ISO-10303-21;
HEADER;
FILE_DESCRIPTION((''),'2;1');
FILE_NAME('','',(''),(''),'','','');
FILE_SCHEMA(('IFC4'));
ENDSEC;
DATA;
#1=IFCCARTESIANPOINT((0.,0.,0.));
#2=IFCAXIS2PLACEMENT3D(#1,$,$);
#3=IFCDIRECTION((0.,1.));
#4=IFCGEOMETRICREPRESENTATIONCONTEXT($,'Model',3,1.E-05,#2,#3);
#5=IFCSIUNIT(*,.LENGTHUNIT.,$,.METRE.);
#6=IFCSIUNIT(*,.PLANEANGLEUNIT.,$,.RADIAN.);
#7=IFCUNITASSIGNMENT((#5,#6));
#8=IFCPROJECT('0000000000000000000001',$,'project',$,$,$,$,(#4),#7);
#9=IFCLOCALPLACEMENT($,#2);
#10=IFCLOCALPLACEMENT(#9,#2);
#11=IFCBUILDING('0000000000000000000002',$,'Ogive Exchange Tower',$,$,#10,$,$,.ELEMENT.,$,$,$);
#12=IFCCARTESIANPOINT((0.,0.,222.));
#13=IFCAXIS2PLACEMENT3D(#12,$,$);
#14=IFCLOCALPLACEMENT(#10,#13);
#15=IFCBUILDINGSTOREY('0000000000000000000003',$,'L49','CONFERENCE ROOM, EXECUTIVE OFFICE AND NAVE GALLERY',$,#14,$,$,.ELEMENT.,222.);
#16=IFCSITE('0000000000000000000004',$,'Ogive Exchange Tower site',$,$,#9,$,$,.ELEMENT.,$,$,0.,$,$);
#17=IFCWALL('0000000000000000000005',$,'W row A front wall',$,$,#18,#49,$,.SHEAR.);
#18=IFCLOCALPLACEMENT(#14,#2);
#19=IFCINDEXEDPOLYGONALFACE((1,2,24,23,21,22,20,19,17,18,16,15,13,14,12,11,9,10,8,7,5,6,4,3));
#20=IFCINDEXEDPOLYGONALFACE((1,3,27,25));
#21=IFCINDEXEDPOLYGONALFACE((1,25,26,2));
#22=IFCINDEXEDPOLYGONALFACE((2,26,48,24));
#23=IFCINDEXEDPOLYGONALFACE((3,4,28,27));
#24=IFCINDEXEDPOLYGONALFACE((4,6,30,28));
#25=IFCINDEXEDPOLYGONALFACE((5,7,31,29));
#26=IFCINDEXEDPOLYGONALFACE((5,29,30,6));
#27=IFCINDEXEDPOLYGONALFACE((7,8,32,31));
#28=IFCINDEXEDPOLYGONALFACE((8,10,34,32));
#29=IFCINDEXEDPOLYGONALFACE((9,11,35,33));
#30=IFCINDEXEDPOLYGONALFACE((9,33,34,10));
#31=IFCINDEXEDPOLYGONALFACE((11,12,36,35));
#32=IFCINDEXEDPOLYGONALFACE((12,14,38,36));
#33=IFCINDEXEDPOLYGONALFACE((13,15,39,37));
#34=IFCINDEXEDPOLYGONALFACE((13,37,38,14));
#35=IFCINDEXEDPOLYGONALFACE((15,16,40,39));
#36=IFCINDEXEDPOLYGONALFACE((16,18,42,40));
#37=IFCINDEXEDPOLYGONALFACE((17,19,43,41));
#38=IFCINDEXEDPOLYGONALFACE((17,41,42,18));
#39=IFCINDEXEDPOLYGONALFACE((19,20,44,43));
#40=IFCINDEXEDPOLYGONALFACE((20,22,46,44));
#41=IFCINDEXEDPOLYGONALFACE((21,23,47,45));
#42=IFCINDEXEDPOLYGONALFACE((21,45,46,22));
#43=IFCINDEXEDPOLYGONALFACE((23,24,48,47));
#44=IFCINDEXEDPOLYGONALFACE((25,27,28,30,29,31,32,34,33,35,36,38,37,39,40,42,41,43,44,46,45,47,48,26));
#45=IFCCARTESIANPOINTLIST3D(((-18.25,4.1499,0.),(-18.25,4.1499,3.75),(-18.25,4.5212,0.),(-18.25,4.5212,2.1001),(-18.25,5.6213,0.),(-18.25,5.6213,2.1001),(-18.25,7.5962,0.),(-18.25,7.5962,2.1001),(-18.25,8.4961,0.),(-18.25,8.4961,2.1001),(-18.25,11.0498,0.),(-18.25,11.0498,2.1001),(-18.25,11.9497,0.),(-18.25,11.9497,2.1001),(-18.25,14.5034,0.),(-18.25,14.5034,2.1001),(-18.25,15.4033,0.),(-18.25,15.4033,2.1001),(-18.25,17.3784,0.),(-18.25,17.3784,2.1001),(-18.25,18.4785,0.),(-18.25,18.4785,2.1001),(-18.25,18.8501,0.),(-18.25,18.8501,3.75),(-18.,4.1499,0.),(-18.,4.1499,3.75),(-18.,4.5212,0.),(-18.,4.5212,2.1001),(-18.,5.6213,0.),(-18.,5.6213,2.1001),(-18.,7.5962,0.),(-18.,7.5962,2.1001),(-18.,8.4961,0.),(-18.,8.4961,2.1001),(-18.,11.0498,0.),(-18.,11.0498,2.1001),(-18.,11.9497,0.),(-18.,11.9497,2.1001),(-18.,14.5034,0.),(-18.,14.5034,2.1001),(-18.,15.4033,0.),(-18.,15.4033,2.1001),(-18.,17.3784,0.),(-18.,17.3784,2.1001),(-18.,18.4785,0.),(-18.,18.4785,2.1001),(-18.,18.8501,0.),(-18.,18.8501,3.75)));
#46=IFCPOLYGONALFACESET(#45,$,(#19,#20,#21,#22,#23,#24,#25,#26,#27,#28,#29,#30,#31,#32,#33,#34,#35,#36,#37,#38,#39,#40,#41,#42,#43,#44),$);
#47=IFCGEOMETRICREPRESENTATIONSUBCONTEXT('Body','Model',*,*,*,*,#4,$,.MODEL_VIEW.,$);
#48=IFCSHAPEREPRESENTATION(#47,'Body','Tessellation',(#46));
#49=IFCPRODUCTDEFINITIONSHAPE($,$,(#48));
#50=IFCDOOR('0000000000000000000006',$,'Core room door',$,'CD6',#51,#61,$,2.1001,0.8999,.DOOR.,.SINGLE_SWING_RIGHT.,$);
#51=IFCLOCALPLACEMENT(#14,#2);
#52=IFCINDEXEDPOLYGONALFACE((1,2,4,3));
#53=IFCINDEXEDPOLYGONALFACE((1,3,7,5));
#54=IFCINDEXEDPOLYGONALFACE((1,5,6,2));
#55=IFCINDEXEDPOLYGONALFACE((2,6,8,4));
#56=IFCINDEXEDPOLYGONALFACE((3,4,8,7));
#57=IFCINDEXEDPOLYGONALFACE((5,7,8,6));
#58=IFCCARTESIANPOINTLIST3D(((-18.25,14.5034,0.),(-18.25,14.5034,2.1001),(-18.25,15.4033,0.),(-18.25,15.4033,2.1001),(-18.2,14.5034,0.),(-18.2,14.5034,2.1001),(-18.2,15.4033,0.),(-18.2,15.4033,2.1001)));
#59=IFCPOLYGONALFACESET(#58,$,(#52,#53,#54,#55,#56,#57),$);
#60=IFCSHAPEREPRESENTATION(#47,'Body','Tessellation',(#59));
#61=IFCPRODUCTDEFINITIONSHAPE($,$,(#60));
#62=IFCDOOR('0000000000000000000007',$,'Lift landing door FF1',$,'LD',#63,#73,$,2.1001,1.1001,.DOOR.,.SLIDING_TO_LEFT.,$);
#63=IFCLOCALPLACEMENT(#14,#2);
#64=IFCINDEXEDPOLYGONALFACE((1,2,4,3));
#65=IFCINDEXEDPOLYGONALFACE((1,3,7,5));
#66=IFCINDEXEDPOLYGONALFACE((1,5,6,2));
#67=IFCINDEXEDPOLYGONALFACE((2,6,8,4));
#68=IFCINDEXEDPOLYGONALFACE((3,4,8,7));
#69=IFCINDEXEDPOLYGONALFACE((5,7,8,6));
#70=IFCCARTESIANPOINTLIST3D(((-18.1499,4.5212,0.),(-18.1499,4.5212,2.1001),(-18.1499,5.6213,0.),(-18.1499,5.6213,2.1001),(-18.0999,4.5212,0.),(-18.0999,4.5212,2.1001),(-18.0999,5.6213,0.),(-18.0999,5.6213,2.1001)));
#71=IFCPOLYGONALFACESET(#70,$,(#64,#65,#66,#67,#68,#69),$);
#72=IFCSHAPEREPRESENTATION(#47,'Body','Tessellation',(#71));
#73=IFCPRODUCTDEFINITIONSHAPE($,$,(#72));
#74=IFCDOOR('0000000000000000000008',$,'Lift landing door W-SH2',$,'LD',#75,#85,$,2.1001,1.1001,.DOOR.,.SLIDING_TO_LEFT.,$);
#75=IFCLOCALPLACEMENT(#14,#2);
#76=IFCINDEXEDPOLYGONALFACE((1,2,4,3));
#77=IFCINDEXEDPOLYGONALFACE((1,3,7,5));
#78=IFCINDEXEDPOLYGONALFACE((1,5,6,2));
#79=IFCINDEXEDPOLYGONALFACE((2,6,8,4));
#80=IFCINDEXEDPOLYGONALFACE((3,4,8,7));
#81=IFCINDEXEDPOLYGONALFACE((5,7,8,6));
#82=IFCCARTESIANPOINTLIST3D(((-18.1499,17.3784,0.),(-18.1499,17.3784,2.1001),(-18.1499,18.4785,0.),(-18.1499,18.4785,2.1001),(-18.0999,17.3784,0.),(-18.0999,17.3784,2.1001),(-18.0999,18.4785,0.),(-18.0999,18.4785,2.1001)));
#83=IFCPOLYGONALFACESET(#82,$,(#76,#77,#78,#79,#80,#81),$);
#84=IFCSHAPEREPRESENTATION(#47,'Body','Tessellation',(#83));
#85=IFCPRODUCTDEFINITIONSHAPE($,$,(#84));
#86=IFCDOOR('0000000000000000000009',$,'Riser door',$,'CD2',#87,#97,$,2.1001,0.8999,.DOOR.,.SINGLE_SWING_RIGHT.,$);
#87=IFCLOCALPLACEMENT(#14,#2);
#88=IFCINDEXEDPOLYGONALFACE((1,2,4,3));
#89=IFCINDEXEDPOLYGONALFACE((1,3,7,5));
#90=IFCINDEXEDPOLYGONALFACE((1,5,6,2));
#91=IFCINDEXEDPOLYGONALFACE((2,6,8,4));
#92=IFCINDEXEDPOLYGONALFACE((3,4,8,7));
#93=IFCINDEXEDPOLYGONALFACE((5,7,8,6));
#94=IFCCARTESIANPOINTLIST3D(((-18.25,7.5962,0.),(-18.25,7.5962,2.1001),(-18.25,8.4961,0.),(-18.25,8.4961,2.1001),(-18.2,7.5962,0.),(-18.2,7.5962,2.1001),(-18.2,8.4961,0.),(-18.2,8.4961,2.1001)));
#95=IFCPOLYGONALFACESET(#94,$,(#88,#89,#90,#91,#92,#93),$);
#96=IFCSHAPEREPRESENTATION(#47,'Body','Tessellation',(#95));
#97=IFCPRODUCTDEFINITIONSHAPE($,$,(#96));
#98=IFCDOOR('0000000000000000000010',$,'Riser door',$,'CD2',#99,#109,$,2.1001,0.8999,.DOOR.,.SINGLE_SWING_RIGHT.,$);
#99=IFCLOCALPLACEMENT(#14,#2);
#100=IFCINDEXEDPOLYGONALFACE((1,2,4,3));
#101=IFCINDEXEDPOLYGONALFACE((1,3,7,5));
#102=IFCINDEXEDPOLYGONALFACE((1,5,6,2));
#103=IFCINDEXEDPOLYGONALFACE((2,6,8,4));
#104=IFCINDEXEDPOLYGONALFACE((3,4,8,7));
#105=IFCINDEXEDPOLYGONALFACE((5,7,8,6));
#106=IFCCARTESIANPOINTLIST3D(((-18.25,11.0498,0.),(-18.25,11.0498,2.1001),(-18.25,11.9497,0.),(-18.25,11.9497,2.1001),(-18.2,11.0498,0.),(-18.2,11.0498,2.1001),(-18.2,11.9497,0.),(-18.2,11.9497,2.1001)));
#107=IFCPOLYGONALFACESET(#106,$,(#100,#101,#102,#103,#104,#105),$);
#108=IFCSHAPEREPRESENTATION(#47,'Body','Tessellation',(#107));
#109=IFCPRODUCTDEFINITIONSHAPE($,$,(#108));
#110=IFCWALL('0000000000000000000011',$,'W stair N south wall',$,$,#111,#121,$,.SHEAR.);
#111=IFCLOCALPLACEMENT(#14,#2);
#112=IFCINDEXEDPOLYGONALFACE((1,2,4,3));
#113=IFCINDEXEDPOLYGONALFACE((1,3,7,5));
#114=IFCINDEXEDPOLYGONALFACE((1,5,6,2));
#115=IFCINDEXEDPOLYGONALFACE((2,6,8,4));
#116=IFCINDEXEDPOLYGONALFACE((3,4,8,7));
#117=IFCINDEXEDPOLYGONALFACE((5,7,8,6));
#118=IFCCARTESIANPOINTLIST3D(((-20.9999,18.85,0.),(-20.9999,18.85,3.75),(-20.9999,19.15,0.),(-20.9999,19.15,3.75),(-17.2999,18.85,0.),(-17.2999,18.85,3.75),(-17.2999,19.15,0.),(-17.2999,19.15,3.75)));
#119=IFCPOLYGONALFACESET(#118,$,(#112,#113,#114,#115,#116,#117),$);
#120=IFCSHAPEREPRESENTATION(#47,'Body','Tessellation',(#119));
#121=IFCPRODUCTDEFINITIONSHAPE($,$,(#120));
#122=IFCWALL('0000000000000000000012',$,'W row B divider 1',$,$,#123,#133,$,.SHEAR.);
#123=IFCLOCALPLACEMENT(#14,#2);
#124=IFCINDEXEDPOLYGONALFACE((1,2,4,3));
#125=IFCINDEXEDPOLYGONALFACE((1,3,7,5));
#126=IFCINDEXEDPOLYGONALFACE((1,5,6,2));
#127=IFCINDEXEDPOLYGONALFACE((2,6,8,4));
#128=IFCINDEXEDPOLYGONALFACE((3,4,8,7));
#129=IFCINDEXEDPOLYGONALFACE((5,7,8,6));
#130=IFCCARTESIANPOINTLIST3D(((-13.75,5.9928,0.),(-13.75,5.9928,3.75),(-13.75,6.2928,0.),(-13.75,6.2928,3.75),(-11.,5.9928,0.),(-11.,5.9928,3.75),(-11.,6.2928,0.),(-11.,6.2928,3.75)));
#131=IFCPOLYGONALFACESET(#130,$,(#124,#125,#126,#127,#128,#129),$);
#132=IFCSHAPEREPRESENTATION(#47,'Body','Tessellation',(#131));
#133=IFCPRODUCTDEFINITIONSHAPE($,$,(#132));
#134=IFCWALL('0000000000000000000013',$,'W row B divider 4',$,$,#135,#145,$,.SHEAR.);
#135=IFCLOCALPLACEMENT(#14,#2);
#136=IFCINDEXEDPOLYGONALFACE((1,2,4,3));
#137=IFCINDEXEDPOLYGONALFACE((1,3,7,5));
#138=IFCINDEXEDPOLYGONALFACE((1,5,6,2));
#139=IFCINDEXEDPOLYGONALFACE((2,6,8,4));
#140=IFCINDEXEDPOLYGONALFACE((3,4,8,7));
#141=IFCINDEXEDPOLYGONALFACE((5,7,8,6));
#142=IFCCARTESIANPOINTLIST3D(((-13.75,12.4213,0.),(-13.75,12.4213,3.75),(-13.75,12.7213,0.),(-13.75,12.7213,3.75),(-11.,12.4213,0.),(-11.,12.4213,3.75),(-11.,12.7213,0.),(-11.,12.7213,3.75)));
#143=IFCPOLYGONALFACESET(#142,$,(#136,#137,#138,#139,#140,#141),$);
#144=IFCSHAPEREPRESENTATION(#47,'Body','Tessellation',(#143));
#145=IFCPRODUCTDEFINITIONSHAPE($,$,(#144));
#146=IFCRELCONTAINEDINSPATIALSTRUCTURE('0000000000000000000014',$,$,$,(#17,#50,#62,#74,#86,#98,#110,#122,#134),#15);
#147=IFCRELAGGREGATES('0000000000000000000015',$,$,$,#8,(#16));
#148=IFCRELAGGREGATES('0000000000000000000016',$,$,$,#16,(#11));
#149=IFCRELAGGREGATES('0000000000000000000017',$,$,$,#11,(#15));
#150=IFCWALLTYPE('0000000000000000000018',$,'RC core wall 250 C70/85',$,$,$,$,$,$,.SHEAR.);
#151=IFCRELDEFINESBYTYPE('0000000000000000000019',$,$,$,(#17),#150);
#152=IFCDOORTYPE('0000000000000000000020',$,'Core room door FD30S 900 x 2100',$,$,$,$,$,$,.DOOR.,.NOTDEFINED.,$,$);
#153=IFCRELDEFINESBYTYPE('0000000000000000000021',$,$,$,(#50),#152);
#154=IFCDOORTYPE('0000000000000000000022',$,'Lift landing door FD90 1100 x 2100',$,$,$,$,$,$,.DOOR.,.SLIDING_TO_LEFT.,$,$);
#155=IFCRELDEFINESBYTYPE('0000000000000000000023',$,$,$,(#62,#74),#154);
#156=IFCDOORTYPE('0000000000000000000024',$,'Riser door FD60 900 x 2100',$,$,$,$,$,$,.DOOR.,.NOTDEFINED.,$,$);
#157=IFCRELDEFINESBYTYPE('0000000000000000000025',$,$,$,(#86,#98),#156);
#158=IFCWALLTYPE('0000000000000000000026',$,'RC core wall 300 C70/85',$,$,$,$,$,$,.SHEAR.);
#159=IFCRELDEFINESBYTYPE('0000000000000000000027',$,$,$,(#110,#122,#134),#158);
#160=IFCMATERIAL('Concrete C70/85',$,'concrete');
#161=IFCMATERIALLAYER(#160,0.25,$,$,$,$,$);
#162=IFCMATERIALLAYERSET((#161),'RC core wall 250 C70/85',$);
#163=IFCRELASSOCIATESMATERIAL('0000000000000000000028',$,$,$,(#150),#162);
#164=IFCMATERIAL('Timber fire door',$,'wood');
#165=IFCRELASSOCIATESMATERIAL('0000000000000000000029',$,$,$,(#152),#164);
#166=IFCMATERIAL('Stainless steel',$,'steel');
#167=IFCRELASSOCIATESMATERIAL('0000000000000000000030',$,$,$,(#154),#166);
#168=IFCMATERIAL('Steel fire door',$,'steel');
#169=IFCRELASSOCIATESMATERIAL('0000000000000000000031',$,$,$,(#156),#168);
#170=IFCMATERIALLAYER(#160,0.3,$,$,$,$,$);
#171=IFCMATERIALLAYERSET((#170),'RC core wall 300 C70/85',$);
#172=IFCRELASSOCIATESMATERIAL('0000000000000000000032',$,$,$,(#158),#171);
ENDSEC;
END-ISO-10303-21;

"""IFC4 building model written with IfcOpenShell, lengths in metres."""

from ifc_helpers import new_model, si_unit, direction, frame, frame_2d, origin, place, context, subcontext, project, spatial, rectangle, extrude, material, layer, layer_set, type_object, element, fill, save


model = new_model("IFC4")

# Units and contexts
model_context = context("Model", 3, precision=1e-05, world=origin(), true_north=direction((0.0, 1.0)))
body_context = subcontext(model_context, "Body", "Model", "MODEL_VIEW")
ifc_project = project(units=[si_unit("LENGTHUNIT", "METRE"), si_unit("PLANEANGLEUNIT", "RADIAN")], contexts=[model_context])

# Site, building, storey
site_placement = place(None, origin())
site = spatial("IfcSite", under=ifc_project, at=site_placement, Name="Ogive Exchange Tower site", CompositionType="ELEMENT", RefElevation=0.0)
building_placement = place(site_placement, origin())
building = spatial("IfcBuilding", under=site, at=building_placement, Name="Ogive Exchange Tower", CompositionType="ELEMENT")
storey_placement = place(building_placement, frame((0.0, 0.0, 222.0)))
storey = spatial("IfcBuildingStorey", under=building, at=storey_placement, Name="L49", Description="CONFERENCE ROOM, EXECUTIVE OFFICE AND NAVE GALLERY", CompositionType="ELEMENT", Elevation=222.0)

# Shared definitions
ifc_material_1 = material(Name="Concrete C70/85", Category="concrete")
ifc_material_2 = material(Name="Steel fire door", Category="steel")
ifc_layer_1 = layer(ifc_material_1, 0.25)
ifc_layer_set_1 = layer_set([ifc_layer_1], Name="RC core wall 250 C70/85")
wall_type_1 = type_object("IfcWallType", Name="RC core wall 250 C70/85", PredefinedType="SHEAR", material=ifc_layer_set_1)

# Wall, openings, doors
wall_1_placement = place(storey_placement, frame((-18.125, 4.1499, 0.0), z_axis=(0.0, 0.0, 1.0), x_axis=(0.0, 1.0, 0.0)))
wall_1 = element("IfcWall", 1, at=wall_1_placement, inside=storey, type_object=wall_type_1, Name="W row A front wall", PredefinedType="SHEAR", context=body_context, shape_type="SweptSolid", body=[
    extrude(rectangle(XDim=14.7002, YDim=0.25, at=frame_2d((7.3501, 0.0))), origin(), (0.0, 0.0, 1.0), 3.75),
])
opening_1_placement = place(wall_1_placement, frame((3.4463, 0.0, 0.0)))
opening_1 = element("IfcOpeningElement", 2, at=opening_1_placement, cuts=wall_1, PredefinedType="OPENING", context=body_context, shape_type="SweptSolid", body=[
    extrude(rectangle(XDim=0.8999, YDim=2.1001, at=frame_2d((0.45, 1.05))), frame((0.0, 0.135, 0.0), z_axis=(0.0, -1.0, 0.0), x_axis=(1.0, 0.0, 0.0)), (0.0, 0.0, 1.0), 0.27),
])
opening_2_placement = place(wall_1_placement, frame((6.8999, 0.0, 0.0)))
opening_2 = element("IfcOpeningElement", 3, at=opening_2_placement, cuts=wall_1, PredefinedType="OPENING", context=body_context, shape_type="SweptSolid", body=[
    extrude(rectangle(XDim=0.8999, YDim=2.1001, at=frame_2d((0.45, 1.05))), frame((0.0, 0.135, 0.0), z_axis=(0.0, -1.0, 0.0), x_axis=(1.0, 0.0, 0.0)), (0.0, 0.0, 1.0), 0.27),
])
opening_3_placement = place(wall_1_placement, frame((10.3535, 0.0, 0.0)))
opening_3 = element("IfcOpeningElement", 4, at=opening_3_placement, cuts=wall_1, PredefinedType="OPENING", context=body_context, shape_type="SweptSolid", body=[
    extrude(rectangle(XDim=0.8999, YDim=2.1001, at=frame_2d((0.45, 1.05))), frame((0.0, 0.135, 0.0), z_axis=(0.0, -1.0, 0.0), x_axis=(1.0, 0.0, 0.0)), (0.0, 0.0, 1.0), 0.27),
])
opening_4_placement = place(wall_1_placement, frame((0.3713, 0.0, 0.0)))
opening_4 = element("IfcOpeningElement", 5, at=opening_4_placement, cuts=wall_1, PredefinedType="OPENING", context=body_context, shape_type="SweptSolid", body=[
    extrude(rectangle(XDim=1.1001, YDim=2.1001, at=frame_2d((0.55, 1.05))), frame((0.0, 0.135, 0.0), z_axis=(0.0, -1.0, 0.0), x_axis=(1.0, 0.0, 0.0)), (0.0, 0.0, 1.0), 0.27),
])
opening_5_placement = place(wall_1_placement, frame((13.2285, 0.0, 0.0)))
opening_5 = element("IfcOpeningElement", 6, at=opening_5_placement, cuts=wall_1, PredefinedType="OPENING", context=body_context, shape_type="SweptSolid", body=[
    extrude(rectangle(XDim=1.1001, YDim=2.1001, at=frame_2d((0.55, 1.05))), frame((0.0, 0.135, 0.0), z_axis=(0.0, -1.0, 0.0), x_axis=(1.0, 0.0, 0.0)), (0.0, 0.0, 1.0), 0.27),
])
ifc_material_3 = material(Name="Timber fire door", Category="wood")
door_type_1 = type_object("IfcDoorType", Name="Core room door FD30S 900 x 2100", OperationType="NOTDEFINED", PredefinedType="DOOR", material=ifc_material_3)
door_1_placement = place(opening_3_placement, origin())
door_1 = element("IfcDoor", 7, at=door_1_placement, inside=storey, type_object=door_type_1, Name="Core room door", ObjectType="CD6", OperationType="SINGLE_SWING_RIGHT", OverallHeight=2.1001, OverallWidth=0.8999, PredefinedType="DOOR", context=body_context, shape_type="SweptSolid", body=[
    extrude(rectangle(XDim=0.8999, YDim=2.1001, at=frame_2d((0.45, 1.05))), frame((0.0, 0.125, 0.0), z_axis=(0.0, -1.0, 0.0), x_axis=(1.0, 0.0, 0.0)), (0.0, 0.0, 1.0), 0.05),
])
fill(opening_3, door_1)
ifc_material_4 = material(Name="Stainless steel", Category="steel")
door_type_2 = type_object("IfcDoorType", Name="Lift landing door FD90 1100 x 2100", OperationType="SLIDING_TO_LEFT", PredefinedType="DOOR", material=ifc_material_4)
door_2_placement = place(opening_4_placement, origin())
door_2 = element("IfcDoor", 8, at=door_2_placement, inside=storey, type_object=door_type_2, Name="Lift landing door FF1", ObjectType="LD", OperationType="SLIDING_TO_LEFT", OverallHeight=2.1001, OverallWidth=1.1001, PredefinedType="DOOR", context=body_context, shape_type="SweptSolid", body=[
    extrude(rectangle(XDim=1.1001, YDim=2.1001, at=frame_2d((0.55, 1.05))), frame((0.0, 0.0249, 0.0), z_axis=(0.0, -1.0, 0.0), x_axis=(1.0, 0.0, 0.0)), (0.0, 0.0, 1.0), 0.05),
])
fill(opening_4, door_2)
door_3_placement = place(opening_5_placement, origin())
door_3 = element("IfcDoor", 9, at=door_3_placement, inside=storey, type_object=door_type_2, Name="Lift landing door W-SH2", ObjectType="LD", OperationType="SLIDING_TO_LEFT", OverallHeight=2.1001, OverallWidth=1.1001, PredefinedType="DOOR", context=body_context, shape_type="SweptSolid", body=[
    extrude(rectangle(XDim=1.1001, YDim=2.1001, at=frame_2d((0.55, 1.05))), frame((0.0, 0.0249, 0.0), z_axis=(0.0, -1.0, 0.0), x_axis=(1.0, 0.0, 0.0)), (0.0, 0.0, 1.0), 0.05),
])
fill(opening_5, door_3)
door_type_3 = type_object("IfcDoorType", Name="Riser door FD60 900 x 2100", OperationType="NOTDEFINED", PredefinedType="DOOR", material=ifc_material_2)
door_4_placement = place(opening_1_placement, origin())
door_4 = element("IfcDoor", 10, at=door_4_placement, inside=storey, type_object=door_type_3, Name="Riser door", ObjectType="CD2", OperationType="SINGLE_SWING_RIGHT", OverallHeight=2.1001, OverallWidth=0.8999, PredefinedType="DOOR", context=body_context, shape_type="SweptSolid", body=[
    extrude(rectangle(XDim=0.8999, YDim=2.1001, at=frame_2d((0.45, 1.05))), frame((0.0, 0.125, 0.0), z_axis=(0.0, -1.0, 0.0), x_axis=(1.0, 0.0, 0.0)), (0.0, 0.0, 1.0), 0.05),
])
fill(opening_1, door_4)
door_5_placement = place(opening_2_placement, origin())
door_5 = element("IfcDoor", 11, at=door_5_placement, inside=storey, type_object=door_type_3, Name="Riser door", ObjectType="CD2", OperationType="SINGLE_SWING_RIGHT", OverallHeight=2.1001, OverallWidth=0.8999, PredefinedType="DOOR", context=body_context, shape_type="SweptSolid", body=[
    extrude(rectangle(XDim=0.8999, YDim=2.1001, at=frame_2d((0.45, 1.05))), frame((0.0, 0.125, 0.0), z_axis=(0.0, -1.0, 0.0), x_axis=(1.0, 0.0, 0.0)), (0.0, 0.0, 1.0), 0.05),
])
fill(opening_2, door_5)

# Walls
ifc_layer_2 = layer(ifc_material_1, 0.3)
ifc_layer_set_2 = layer_set([ifc_layer_2], Name="RC core wall 300 C70/85")
wall_type_2 = type_object("IfcWallType", Name="RC core wall 300 C70/85", PredefinedType="SHEAR", material=ifc_layer_set_2)
wall_2_placement = place(storey_placement, frame((-21.0, 19.0, 0.0), z_axis=(0.0, 0.0, 1.0), x_axis=(1.0, 0.0, 0.0)))
element("IfcWall", 12, at=wall_2_placement, inside=storey, type_object=wall_type_2, Name="W stair N south wall", PredefinedType="SHEAR", context=body_context, shape_type="SweptSolid", body=[
    extrude(rectangle(XDim=3.7, YDim=0.3, at=frame_2d((1.8501, 0.0))), origin(), (0.0, 0.0, 1.0), 3.75),
])
for number, where, z_axis, x_axis, name in (
    (13, (-13.75, 6.1428, 0.0), (0.0, 0.0, 1.0), (1.0, 0.0, 0.0), "W row B divider 1"),
    (14, (-13.75, 12.5713, 0.0), (0.0, 0.0, 1.0), (1.0, 0.0, 0.0), "W row B divider 4"),
):
    element("IfcWall", number, at=place(storey_placement, frame(where, z_axis=z_axis, x_axis=x_axis)), inside=storey, type_object=wall_type_2, Name=name, PredefinedType="SHEAR", context=body_context, shape_type="SweptSolid", body=[
        extrude(rectangle(XDim=2.75, YDim=0.3, at=frame_2d((1.375, 0.0))), origin(), (0.0, 0.0, 1.0), 3.75),
    ])

save(model, "model.ifc")
